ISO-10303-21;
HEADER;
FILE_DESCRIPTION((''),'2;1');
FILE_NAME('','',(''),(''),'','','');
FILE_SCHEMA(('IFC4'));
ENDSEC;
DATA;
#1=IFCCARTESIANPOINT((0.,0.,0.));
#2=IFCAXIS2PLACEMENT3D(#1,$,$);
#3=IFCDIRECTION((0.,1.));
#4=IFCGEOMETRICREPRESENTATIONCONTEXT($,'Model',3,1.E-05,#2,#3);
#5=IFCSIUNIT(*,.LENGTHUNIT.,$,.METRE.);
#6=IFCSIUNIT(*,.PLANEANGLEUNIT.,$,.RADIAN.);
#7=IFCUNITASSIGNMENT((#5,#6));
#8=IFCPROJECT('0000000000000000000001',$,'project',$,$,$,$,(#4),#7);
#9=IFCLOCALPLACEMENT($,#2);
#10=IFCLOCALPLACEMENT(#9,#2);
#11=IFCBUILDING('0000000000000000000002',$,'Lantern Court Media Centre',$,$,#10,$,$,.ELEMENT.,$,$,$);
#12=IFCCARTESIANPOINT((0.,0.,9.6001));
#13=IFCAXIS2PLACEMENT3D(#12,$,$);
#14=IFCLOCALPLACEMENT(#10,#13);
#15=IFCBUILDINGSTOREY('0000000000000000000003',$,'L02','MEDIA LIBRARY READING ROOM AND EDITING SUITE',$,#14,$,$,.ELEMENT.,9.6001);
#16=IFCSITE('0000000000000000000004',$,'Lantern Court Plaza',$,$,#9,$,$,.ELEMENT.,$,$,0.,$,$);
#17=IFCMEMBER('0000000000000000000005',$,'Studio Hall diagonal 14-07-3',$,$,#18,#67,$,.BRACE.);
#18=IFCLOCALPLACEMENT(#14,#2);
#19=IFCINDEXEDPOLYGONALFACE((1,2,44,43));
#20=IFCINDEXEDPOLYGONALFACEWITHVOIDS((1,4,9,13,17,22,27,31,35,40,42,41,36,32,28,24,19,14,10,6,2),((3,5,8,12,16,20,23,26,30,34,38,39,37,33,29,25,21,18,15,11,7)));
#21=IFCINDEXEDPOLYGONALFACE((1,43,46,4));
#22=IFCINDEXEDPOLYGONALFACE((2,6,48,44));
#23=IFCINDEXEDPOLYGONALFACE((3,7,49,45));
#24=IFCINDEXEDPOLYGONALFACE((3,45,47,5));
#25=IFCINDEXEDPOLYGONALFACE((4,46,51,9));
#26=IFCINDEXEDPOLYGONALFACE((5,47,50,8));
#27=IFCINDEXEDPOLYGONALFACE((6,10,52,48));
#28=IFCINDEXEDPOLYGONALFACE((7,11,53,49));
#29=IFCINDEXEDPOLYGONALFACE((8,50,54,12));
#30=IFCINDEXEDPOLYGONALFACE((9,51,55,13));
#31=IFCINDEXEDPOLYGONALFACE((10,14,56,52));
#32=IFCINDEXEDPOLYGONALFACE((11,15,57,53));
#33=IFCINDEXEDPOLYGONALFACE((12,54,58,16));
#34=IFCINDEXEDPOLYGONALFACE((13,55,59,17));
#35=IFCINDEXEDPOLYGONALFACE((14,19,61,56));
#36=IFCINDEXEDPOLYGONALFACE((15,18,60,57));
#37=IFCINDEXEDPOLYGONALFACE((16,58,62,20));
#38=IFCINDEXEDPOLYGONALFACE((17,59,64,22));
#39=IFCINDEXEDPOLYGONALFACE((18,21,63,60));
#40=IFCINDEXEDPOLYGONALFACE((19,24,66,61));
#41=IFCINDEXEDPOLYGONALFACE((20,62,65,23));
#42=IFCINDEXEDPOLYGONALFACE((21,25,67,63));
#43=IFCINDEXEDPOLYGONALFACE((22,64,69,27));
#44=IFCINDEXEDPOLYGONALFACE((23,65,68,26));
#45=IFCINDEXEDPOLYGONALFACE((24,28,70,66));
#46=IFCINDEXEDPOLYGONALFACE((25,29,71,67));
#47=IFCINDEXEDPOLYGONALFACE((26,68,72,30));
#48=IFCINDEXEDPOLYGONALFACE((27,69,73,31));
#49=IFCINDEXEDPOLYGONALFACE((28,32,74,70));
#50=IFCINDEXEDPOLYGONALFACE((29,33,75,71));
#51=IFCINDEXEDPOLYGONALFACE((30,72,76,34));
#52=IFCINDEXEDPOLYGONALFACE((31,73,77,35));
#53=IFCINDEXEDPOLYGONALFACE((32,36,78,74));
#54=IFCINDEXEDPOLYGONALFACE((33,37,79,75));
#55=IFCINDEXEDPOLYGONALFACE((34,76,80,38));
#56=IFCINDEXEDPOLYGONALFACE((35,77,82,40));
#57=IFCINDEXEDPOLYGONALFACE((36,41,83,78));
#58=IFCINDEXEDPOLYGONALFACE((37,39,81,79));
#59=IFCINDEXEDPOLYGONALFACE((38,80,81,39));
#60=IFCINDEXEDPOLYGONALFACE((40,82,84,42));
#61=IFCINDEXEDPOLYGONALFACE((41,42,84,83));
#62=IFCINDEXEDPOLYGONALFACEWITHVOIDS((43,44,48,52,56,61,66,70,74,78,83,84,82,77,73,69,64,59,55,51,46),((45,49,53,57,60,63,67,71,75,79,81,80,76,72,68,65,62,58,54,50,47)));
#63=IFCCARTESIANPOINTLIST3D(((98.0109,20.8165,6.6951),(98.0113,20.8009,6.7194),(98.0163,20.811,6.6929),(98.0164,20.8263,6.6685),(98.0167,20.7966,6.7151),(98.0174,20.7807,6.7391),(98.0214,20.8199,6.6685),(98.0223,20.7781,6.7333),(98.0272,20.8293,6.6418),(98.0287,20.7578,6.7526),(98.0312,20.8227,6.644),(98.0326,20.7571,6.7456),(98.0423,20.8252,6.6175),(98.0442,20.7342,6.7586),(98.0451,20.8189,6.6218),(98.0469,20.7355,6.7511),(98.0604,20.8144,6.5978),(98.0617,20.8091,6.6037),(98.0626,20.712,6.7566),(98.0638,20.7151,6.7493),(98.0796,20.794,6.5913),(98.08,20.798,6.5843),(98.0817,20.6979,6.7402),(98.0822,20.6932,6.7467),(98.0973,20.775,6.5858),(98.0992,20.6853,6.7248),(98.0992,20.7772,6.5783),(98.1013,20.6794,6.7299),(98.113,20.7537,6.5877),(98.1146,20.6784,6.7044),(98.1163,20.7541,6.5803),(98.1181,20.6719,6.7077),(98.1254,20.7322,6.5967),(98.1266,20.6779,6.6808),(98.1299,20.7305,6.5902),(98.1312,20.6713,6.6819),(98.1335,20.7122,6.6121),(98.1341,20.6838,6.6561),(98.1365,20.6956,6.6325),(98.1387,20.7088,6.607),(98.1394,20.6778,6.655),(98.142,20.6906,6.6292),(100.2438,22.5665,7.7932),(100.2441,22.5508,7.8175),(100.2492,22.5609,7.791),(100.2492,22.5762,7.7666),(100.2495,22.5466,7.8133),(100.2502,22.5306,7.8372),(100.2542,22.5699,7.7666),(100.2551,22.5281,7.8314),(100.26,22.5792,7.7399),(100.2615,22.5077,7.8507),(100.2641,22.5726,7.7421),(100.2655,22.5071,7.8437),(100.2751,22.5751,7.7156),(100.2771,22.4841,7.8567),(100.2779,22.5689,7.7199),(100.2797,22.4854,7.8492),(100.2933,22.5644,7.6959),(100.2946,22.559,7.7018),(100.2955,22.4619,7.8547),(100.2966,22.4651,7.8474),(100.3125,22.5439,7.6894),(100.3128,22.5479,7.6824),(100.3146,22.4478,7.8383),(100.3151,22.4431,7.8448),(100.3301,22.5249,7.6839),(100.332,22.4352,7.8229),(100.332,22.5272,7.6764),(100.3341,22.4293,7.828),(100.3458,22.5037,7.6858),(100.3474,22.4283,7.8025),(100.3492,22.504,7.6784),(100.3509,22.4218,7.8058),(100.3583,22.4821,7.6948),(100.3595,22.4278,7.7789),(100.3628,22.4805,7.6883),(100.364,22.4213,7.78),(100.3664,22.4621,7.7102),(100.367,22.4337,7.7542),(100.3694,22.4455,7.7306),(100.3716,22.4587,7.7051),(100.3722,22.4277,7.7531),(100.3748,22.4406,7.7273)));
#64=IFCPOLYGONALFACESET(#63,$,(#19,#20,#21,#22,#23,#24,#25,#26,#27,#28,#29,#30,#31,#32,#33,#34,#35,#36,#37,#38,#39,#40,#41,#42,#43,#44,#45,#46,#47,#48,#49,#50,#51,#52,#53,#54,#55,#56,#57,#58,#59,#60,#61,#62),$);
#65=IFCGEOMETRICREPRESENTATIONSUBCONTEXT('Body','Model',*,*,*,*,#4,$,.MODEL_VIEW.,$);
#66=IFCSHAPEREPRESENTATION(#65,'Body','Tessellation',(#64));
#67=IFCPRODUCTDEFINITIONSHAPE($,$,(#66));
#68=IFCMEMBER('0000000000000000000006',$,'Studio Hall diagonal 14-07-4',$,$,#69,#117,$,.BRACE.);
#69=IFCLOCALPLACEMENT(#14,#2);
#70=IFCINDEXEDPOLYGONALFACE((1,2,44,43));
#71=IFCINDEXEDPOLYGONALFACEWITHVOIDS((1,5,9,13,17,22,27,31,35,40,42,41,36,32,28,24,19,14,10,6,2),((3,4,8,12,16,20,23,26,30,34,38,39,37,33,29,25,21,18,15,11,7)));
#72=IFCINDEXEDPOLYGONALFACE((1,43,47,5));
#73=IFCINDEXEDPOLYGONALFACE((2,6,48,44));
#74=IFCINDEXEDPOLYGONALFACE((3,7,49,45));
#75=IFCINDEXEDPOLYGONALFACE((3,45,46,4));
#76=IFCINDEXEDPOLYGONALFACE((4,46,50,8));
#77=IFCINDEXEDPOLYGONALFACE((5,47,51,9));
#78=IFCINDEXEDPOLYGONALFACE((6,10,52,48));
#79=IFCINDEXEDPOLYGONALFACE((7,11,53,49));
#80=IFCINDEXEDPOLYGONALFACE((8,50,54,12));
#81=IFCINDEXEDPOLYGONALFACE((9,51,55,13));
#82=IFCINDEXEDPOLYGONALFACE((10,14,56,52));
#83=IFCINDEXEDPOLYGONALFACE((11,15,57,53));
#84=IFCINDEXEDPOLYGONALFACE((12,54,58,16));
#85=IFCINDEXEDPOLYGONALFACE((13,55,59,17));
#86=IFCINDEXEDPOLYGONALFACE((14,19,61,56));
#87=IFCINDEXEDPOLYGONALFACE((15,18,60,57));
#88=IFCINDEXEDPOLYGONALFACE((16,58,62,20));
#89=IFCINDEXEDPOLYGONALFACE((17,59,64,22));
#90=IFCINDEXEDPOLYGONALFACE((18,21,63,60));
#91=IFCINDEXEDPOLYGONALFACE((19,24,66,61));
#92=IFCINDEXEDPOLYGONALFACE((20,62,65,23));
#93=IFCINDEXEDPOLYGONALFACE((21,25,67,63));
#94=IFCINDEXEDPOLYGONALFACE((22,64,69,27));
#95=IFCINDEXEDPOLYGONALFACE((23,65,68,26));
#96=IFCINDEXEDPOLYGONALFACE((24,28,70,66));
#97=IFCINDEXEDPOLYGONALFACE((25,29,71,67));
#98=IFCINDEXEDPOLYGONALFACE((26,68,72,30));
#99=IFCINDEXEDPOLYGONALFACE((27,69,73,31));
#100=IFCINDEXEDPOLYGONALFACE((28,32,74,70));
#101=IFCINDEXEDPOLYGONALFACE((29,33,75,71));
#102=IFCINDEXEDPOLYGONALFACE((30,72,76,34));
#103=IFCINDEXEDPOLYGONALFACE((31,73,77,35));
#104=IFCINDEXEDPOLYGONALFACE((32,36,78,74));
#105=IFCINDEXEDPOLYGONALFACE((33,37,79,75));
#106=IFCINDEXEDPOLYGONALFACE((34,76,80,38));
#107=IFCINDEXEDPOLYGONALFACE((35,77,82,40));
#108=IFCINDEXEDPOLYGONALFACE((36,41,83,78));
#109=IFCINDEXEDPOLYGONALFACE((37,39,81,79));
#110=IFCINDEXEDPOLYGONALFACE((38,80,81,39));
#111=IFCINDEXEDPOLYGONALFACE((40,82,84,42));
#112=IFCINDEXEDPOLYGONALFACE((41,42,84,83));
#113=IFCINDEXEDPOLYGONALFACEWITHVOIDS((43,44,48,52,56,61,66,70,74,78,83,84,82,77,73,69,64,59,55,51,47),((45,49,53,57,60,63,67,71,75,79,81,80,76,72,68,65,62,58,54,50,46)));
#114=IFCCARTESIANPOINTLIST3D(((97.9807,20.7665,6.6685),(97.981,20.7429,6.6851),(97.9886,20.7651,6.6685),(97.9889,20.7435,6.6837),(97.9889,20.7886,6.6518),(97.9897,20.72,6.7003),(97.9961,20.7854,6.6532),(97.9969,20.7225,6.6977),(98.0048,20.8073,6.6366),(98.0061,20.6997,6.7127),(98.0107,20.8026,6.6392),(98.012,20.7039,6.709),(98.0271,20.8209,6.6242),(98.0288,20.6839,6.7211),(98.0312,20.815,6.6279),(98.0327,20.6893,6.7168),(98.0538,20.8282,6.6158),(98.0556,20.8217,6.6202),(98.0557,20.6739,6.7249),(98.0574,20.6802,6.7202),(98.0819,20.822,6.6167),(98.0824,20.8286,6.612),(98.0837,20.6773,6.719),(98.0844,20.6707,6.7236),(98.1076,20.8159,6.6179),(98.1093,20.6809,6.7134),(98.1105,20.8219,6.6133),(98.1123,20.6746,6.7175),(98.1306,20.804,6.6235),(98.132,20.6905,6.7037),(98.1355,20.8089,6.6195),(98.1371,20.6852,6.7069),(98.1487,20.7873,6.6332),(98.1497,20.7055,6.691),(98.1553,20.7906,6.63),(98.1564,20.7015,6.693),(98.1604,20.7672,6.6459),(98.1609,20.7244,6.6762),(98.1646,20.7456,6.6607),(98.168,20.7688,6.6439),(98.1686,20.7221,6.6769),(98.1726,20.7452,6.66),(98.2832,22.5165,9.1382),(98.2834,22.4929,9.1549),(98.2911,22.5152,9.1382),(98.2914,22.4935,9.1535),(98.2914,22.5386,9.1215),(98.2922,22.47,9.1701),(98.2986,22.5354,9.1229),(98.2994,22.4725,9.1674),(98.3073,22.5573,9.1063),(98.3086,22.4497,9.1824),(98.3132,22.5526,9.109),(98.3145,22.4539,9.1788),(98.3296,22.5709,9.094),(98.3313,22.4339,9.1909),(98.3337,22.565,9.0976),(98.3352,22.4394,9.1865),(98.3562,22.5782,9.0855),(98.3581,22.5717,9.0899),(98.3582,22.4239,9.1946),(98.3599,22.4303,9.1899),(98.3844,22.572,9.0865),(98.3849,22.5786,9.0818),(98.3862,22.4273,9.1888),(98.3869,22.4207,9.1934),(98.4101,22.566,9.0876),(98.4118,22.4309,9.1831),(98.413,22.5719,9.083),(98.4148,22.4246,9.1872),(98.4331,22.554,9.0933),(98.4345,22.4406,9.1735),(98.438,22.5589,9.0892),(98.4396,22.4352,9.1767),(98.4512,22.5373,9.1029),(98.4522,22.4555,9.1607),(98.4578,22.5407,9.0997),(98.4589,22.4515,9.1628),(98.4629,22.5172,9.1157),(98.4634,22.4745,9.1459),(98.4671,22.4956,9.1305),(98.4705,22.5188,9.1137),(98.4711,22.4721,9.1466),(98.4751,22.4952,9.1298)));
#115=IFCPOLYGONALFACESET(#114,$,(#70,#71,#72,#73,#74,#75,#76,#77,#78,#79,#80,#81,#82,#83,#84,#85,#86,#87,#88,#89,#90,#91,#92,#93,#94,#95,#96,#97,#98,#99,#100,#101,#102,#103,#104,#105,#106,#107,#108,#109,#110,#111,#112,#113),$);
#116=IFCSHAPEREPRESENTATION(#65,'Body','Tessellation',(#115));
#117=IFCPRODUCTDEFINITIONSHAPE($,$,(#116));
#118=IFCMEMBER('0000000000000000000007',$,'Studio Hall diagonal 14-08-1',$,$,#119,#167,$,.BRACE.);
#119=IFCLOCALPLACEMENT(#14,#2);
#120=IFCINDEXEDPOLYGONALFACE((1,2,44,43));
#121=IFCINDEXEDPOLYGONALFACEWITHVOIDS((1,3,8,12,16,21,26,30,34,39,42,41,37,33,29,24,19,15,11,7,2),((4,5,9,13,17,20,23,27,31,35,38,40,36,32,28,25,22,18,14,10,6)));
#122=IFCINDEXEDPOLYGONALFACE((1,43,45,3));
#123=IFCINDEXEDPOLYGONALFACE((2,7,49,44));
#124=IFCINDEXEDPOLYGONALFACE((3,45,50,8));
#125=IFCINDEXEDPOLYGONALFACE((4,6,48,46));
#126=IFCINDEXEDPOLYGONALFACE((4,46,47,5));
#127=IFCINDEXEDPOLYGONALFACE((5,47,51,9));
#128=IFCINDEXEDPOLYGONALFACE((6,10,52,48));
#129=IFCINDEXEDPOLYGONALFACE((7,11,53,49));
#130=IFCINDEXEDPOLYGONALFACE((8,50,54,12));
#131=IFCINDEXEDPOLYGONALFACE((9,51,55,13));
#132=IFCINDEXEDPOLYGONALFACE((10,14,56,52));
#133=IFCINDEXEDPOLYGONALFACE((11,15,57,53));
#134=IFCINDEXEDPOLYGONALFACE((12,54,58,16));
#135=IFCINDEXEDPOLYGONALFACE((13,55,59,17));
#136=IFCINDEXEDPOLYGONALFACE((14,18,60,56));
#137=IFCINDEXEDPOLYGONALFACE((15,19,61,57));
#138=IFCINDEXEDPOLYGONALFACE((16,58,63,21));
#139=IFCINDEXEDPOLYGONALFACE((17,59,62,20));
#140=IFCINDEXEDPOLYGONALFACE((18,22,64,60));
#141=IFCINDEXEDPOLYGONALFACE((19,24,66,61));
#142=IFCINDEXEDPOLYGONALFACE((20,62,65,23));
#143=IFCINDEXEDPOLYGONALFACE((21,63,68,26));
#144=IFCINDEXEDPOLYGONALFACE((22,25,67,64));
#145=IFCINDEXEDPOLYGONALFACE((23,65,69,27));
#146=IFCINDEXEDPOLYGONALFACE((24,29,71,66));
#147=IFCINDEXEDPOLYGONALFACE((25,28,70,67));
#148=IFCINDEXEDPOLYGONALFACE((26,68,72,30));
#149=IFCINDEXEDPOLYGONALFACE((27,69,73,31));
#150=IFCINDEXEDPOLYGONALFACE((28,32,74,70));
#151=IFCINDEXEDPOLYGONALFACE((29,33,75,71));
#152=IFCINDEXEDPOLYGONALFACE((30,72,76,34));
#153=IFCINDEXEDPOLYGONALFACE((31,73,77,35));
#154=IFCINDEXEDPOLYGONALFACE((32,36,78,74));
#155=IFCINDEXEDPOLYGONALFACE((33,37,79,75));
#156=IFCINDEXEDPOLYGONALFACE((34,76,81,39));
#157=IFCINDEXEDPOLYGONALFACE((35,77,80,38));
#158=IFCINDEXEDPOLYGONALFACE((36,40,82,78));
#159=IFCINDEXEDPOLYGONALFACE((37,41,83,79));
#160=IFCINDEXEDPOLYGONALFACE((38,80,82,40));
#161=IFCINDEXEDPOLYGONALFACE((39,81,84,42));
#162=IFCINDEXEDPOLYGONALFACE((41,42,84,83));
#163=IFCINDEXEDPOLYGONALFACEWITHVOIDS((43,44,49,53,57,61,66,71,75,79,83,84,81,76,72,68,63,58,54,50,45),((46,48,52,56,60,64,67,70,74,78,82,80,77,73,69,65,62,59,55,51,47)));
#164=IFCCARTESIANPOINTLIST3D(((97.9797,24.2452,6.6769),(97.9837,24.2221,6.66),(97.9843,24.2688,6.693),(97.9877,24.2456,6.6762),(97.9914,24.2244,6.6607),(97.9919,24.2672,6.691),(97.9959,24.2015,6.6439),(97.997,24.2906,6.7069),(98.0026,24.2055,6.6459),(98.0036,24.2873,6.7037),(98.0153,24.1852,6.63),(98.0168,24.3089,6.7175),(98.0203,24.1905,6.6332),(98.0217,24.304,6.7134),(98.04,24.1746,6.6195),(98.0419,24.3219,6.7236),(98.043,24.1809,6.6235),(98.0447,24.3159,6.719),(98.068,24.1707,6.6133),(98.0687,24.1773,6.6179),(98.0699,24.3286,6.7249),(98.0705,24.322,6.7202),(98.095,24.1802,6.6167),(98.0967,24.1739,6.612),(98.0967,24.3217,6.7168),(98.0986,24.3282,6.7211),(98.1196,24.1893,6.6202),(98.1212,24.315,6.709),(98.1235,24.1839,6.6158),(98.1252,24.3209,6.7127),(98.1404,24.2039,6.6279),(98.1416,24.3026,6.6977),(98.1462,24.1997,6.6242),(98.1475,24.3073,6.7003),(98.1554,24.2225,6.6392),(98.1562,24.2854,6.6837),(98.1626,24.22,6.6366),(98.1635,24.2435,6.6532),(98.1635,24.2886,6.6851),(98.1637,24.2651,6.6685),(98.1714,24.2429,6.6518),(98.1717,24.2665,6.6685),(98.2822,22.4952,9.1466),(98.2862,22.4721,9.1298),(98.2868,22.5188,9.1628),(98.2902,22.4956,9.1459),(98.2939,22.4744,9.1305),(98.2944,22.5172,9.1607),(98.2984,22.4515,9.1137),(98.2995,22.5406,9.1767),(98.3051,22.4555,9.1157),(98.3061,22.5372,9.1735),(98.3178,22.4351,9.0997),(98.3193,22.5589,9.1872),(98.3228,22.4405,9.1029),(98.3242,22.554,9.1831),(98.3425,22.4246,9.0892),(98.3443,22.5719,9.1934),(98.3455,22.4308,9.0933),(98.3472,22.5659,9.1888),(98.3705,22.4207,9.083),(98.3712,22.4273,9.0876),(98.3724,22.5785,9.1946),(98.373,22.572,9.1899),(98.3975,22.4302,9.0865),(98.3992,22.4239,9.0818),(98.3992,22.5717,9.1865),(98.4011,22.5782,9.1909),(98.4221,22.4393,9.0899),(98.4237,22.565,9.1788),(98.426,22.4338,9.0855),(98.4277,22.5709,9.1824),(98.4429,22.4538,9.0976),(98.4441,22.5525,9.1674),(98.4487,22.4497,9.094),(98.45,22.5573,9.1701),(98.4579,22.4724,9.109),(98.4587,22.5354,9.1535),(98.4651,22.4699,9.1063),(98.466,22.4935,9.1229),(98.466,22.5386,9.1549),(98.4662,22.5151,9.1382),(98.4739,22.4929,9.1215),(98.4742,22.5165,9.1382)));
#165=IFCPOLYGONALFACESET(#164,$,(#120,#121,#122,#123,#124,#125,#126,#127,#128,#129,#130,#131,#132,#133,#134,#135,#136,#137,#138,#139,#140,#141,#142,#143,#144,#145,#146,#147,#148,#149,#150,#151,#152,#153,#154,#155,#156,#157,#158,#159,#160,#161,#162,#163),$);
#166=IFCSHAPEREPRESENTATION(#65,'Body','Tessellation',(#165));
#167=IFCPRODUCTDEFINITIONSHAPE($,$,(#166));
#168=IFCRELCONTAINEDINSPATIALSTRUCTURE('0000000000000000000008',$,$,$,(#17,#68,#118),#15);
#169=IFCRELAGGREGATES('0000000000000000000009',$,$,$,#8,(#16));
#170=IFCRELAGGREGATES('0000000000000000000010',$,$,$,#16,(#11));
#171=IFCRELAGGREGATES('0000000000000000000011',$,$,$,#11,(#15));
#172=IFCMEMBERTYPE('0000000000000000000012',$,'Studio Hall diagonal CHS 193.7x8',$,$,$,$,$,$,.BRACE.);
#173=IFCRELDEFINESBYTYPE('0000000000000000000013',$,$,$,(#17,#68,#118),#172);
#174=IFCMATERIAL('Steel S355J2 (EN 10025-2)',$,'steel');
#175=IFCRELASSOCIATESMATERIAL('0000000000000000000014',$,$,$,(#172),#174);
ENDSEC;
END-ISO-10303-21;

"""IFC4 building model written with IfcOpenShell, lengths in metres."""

from ifc_helpers import new_model, si_unit, direction, frame, origin, origin_2d, place, context, subcontext, project, spatial, hollow_circle, extrude, material, material_profile, profile_set, type_object, element, save


model = new_model("IFC4")

# Units and contexts
model_context = context("Model", 3, precision=1e-05, world=origin(), true_north=direction((0.0, 1.0)))
body_context = subcontext(model_context, "Body", "Model", "MODEL_VIEW")
ifc_project = project(units=[si_unit("LENGTHUNIT", "METRE"), si_unit("PLANEANGLEUNIT", "RADIAN")], contexts=[model_context])

# Site, building, storey
site_placement = place(None, origin())
site = spatial("IfcSite", under=ifc_project, at=site_placement, Name="Lantern Court Plaza", CompositionType="ELEMENT", RefElevation=0.0)
building_placement = place(site_placement, origin())
building = spatial("IfcBuilding", under=site, at=building_placement, Name="Lantern Court Media Centre", CompositionType="ELEMENT")
storey_placement = place(building_placement, frame((0.0, 0.0, 9.6001)))
storey = spatial("IfcBuildingStorey", under=building, at=storey_placement, Name="L02", Description="MEDIA LIBRARY READING ROOM AND EDITING SUITE", CompositionType="ELEMENT", Elevation=9.6001)

# Members
ifc_material = material(Name="Steel S355J2 (EN 10025-2)", Category="steel")
ifc_material_profile_1 = material_profile(ifc_material, hollow_circle(Radius=0.0969, WallThickness=0.0081, at=origin_2d()), Name="Studio Hall diagonal CHS 193.7x8")
ifc_profile_set_1 = profile_set([ifc_material_profile_1], Name="Steel S355J2 (EN 10025-2)")
member_type_1 = type_object("IfcMemberType", Name="Studio Hall diagonal CHS 193.7x8", PredefinedType="BRACE", material=ifc_profile_set_1)
for number, where, z_axis, x_axis, name in (
    (1, (98.0762, 20.75, 6.6685), (0.734005, 0.575262, 0.360984), (-0.616856, 0.787076, 0.0), "Studio Hall diagonal 14-07-3"),
    (2, (98.0762, 20.75, 6.6685), (0.099439, 0.575286, 0.811885), (-0.985388, 0.170326, 0.0), "Studio Hall diagonal 14-07-4"),
    (3, (98.0762, 24.25, 6.6685), (0.099439, -0.575286, 0.811885), (0.985388, 0.170326, 0.0), "Studio Hall diagonal 14-08-1"),
):
    element("IfcMember", number, at=place(storey_placement, frame(where, z_axis=z_axis, x_axis=x_axis)), inside=storey, type_object=member_type_1, Name=name, PredefinedType="BRACE", context=body_context, shape_type="SweptSolid", body=[
        extrude(hollow_circle(Radius=0.0969, WallThickness=0.0081, at=origin_2d()), origin(), (0.0, 0.0, 1.0), 3.042),
    ])

save(model, "model.ifc")
